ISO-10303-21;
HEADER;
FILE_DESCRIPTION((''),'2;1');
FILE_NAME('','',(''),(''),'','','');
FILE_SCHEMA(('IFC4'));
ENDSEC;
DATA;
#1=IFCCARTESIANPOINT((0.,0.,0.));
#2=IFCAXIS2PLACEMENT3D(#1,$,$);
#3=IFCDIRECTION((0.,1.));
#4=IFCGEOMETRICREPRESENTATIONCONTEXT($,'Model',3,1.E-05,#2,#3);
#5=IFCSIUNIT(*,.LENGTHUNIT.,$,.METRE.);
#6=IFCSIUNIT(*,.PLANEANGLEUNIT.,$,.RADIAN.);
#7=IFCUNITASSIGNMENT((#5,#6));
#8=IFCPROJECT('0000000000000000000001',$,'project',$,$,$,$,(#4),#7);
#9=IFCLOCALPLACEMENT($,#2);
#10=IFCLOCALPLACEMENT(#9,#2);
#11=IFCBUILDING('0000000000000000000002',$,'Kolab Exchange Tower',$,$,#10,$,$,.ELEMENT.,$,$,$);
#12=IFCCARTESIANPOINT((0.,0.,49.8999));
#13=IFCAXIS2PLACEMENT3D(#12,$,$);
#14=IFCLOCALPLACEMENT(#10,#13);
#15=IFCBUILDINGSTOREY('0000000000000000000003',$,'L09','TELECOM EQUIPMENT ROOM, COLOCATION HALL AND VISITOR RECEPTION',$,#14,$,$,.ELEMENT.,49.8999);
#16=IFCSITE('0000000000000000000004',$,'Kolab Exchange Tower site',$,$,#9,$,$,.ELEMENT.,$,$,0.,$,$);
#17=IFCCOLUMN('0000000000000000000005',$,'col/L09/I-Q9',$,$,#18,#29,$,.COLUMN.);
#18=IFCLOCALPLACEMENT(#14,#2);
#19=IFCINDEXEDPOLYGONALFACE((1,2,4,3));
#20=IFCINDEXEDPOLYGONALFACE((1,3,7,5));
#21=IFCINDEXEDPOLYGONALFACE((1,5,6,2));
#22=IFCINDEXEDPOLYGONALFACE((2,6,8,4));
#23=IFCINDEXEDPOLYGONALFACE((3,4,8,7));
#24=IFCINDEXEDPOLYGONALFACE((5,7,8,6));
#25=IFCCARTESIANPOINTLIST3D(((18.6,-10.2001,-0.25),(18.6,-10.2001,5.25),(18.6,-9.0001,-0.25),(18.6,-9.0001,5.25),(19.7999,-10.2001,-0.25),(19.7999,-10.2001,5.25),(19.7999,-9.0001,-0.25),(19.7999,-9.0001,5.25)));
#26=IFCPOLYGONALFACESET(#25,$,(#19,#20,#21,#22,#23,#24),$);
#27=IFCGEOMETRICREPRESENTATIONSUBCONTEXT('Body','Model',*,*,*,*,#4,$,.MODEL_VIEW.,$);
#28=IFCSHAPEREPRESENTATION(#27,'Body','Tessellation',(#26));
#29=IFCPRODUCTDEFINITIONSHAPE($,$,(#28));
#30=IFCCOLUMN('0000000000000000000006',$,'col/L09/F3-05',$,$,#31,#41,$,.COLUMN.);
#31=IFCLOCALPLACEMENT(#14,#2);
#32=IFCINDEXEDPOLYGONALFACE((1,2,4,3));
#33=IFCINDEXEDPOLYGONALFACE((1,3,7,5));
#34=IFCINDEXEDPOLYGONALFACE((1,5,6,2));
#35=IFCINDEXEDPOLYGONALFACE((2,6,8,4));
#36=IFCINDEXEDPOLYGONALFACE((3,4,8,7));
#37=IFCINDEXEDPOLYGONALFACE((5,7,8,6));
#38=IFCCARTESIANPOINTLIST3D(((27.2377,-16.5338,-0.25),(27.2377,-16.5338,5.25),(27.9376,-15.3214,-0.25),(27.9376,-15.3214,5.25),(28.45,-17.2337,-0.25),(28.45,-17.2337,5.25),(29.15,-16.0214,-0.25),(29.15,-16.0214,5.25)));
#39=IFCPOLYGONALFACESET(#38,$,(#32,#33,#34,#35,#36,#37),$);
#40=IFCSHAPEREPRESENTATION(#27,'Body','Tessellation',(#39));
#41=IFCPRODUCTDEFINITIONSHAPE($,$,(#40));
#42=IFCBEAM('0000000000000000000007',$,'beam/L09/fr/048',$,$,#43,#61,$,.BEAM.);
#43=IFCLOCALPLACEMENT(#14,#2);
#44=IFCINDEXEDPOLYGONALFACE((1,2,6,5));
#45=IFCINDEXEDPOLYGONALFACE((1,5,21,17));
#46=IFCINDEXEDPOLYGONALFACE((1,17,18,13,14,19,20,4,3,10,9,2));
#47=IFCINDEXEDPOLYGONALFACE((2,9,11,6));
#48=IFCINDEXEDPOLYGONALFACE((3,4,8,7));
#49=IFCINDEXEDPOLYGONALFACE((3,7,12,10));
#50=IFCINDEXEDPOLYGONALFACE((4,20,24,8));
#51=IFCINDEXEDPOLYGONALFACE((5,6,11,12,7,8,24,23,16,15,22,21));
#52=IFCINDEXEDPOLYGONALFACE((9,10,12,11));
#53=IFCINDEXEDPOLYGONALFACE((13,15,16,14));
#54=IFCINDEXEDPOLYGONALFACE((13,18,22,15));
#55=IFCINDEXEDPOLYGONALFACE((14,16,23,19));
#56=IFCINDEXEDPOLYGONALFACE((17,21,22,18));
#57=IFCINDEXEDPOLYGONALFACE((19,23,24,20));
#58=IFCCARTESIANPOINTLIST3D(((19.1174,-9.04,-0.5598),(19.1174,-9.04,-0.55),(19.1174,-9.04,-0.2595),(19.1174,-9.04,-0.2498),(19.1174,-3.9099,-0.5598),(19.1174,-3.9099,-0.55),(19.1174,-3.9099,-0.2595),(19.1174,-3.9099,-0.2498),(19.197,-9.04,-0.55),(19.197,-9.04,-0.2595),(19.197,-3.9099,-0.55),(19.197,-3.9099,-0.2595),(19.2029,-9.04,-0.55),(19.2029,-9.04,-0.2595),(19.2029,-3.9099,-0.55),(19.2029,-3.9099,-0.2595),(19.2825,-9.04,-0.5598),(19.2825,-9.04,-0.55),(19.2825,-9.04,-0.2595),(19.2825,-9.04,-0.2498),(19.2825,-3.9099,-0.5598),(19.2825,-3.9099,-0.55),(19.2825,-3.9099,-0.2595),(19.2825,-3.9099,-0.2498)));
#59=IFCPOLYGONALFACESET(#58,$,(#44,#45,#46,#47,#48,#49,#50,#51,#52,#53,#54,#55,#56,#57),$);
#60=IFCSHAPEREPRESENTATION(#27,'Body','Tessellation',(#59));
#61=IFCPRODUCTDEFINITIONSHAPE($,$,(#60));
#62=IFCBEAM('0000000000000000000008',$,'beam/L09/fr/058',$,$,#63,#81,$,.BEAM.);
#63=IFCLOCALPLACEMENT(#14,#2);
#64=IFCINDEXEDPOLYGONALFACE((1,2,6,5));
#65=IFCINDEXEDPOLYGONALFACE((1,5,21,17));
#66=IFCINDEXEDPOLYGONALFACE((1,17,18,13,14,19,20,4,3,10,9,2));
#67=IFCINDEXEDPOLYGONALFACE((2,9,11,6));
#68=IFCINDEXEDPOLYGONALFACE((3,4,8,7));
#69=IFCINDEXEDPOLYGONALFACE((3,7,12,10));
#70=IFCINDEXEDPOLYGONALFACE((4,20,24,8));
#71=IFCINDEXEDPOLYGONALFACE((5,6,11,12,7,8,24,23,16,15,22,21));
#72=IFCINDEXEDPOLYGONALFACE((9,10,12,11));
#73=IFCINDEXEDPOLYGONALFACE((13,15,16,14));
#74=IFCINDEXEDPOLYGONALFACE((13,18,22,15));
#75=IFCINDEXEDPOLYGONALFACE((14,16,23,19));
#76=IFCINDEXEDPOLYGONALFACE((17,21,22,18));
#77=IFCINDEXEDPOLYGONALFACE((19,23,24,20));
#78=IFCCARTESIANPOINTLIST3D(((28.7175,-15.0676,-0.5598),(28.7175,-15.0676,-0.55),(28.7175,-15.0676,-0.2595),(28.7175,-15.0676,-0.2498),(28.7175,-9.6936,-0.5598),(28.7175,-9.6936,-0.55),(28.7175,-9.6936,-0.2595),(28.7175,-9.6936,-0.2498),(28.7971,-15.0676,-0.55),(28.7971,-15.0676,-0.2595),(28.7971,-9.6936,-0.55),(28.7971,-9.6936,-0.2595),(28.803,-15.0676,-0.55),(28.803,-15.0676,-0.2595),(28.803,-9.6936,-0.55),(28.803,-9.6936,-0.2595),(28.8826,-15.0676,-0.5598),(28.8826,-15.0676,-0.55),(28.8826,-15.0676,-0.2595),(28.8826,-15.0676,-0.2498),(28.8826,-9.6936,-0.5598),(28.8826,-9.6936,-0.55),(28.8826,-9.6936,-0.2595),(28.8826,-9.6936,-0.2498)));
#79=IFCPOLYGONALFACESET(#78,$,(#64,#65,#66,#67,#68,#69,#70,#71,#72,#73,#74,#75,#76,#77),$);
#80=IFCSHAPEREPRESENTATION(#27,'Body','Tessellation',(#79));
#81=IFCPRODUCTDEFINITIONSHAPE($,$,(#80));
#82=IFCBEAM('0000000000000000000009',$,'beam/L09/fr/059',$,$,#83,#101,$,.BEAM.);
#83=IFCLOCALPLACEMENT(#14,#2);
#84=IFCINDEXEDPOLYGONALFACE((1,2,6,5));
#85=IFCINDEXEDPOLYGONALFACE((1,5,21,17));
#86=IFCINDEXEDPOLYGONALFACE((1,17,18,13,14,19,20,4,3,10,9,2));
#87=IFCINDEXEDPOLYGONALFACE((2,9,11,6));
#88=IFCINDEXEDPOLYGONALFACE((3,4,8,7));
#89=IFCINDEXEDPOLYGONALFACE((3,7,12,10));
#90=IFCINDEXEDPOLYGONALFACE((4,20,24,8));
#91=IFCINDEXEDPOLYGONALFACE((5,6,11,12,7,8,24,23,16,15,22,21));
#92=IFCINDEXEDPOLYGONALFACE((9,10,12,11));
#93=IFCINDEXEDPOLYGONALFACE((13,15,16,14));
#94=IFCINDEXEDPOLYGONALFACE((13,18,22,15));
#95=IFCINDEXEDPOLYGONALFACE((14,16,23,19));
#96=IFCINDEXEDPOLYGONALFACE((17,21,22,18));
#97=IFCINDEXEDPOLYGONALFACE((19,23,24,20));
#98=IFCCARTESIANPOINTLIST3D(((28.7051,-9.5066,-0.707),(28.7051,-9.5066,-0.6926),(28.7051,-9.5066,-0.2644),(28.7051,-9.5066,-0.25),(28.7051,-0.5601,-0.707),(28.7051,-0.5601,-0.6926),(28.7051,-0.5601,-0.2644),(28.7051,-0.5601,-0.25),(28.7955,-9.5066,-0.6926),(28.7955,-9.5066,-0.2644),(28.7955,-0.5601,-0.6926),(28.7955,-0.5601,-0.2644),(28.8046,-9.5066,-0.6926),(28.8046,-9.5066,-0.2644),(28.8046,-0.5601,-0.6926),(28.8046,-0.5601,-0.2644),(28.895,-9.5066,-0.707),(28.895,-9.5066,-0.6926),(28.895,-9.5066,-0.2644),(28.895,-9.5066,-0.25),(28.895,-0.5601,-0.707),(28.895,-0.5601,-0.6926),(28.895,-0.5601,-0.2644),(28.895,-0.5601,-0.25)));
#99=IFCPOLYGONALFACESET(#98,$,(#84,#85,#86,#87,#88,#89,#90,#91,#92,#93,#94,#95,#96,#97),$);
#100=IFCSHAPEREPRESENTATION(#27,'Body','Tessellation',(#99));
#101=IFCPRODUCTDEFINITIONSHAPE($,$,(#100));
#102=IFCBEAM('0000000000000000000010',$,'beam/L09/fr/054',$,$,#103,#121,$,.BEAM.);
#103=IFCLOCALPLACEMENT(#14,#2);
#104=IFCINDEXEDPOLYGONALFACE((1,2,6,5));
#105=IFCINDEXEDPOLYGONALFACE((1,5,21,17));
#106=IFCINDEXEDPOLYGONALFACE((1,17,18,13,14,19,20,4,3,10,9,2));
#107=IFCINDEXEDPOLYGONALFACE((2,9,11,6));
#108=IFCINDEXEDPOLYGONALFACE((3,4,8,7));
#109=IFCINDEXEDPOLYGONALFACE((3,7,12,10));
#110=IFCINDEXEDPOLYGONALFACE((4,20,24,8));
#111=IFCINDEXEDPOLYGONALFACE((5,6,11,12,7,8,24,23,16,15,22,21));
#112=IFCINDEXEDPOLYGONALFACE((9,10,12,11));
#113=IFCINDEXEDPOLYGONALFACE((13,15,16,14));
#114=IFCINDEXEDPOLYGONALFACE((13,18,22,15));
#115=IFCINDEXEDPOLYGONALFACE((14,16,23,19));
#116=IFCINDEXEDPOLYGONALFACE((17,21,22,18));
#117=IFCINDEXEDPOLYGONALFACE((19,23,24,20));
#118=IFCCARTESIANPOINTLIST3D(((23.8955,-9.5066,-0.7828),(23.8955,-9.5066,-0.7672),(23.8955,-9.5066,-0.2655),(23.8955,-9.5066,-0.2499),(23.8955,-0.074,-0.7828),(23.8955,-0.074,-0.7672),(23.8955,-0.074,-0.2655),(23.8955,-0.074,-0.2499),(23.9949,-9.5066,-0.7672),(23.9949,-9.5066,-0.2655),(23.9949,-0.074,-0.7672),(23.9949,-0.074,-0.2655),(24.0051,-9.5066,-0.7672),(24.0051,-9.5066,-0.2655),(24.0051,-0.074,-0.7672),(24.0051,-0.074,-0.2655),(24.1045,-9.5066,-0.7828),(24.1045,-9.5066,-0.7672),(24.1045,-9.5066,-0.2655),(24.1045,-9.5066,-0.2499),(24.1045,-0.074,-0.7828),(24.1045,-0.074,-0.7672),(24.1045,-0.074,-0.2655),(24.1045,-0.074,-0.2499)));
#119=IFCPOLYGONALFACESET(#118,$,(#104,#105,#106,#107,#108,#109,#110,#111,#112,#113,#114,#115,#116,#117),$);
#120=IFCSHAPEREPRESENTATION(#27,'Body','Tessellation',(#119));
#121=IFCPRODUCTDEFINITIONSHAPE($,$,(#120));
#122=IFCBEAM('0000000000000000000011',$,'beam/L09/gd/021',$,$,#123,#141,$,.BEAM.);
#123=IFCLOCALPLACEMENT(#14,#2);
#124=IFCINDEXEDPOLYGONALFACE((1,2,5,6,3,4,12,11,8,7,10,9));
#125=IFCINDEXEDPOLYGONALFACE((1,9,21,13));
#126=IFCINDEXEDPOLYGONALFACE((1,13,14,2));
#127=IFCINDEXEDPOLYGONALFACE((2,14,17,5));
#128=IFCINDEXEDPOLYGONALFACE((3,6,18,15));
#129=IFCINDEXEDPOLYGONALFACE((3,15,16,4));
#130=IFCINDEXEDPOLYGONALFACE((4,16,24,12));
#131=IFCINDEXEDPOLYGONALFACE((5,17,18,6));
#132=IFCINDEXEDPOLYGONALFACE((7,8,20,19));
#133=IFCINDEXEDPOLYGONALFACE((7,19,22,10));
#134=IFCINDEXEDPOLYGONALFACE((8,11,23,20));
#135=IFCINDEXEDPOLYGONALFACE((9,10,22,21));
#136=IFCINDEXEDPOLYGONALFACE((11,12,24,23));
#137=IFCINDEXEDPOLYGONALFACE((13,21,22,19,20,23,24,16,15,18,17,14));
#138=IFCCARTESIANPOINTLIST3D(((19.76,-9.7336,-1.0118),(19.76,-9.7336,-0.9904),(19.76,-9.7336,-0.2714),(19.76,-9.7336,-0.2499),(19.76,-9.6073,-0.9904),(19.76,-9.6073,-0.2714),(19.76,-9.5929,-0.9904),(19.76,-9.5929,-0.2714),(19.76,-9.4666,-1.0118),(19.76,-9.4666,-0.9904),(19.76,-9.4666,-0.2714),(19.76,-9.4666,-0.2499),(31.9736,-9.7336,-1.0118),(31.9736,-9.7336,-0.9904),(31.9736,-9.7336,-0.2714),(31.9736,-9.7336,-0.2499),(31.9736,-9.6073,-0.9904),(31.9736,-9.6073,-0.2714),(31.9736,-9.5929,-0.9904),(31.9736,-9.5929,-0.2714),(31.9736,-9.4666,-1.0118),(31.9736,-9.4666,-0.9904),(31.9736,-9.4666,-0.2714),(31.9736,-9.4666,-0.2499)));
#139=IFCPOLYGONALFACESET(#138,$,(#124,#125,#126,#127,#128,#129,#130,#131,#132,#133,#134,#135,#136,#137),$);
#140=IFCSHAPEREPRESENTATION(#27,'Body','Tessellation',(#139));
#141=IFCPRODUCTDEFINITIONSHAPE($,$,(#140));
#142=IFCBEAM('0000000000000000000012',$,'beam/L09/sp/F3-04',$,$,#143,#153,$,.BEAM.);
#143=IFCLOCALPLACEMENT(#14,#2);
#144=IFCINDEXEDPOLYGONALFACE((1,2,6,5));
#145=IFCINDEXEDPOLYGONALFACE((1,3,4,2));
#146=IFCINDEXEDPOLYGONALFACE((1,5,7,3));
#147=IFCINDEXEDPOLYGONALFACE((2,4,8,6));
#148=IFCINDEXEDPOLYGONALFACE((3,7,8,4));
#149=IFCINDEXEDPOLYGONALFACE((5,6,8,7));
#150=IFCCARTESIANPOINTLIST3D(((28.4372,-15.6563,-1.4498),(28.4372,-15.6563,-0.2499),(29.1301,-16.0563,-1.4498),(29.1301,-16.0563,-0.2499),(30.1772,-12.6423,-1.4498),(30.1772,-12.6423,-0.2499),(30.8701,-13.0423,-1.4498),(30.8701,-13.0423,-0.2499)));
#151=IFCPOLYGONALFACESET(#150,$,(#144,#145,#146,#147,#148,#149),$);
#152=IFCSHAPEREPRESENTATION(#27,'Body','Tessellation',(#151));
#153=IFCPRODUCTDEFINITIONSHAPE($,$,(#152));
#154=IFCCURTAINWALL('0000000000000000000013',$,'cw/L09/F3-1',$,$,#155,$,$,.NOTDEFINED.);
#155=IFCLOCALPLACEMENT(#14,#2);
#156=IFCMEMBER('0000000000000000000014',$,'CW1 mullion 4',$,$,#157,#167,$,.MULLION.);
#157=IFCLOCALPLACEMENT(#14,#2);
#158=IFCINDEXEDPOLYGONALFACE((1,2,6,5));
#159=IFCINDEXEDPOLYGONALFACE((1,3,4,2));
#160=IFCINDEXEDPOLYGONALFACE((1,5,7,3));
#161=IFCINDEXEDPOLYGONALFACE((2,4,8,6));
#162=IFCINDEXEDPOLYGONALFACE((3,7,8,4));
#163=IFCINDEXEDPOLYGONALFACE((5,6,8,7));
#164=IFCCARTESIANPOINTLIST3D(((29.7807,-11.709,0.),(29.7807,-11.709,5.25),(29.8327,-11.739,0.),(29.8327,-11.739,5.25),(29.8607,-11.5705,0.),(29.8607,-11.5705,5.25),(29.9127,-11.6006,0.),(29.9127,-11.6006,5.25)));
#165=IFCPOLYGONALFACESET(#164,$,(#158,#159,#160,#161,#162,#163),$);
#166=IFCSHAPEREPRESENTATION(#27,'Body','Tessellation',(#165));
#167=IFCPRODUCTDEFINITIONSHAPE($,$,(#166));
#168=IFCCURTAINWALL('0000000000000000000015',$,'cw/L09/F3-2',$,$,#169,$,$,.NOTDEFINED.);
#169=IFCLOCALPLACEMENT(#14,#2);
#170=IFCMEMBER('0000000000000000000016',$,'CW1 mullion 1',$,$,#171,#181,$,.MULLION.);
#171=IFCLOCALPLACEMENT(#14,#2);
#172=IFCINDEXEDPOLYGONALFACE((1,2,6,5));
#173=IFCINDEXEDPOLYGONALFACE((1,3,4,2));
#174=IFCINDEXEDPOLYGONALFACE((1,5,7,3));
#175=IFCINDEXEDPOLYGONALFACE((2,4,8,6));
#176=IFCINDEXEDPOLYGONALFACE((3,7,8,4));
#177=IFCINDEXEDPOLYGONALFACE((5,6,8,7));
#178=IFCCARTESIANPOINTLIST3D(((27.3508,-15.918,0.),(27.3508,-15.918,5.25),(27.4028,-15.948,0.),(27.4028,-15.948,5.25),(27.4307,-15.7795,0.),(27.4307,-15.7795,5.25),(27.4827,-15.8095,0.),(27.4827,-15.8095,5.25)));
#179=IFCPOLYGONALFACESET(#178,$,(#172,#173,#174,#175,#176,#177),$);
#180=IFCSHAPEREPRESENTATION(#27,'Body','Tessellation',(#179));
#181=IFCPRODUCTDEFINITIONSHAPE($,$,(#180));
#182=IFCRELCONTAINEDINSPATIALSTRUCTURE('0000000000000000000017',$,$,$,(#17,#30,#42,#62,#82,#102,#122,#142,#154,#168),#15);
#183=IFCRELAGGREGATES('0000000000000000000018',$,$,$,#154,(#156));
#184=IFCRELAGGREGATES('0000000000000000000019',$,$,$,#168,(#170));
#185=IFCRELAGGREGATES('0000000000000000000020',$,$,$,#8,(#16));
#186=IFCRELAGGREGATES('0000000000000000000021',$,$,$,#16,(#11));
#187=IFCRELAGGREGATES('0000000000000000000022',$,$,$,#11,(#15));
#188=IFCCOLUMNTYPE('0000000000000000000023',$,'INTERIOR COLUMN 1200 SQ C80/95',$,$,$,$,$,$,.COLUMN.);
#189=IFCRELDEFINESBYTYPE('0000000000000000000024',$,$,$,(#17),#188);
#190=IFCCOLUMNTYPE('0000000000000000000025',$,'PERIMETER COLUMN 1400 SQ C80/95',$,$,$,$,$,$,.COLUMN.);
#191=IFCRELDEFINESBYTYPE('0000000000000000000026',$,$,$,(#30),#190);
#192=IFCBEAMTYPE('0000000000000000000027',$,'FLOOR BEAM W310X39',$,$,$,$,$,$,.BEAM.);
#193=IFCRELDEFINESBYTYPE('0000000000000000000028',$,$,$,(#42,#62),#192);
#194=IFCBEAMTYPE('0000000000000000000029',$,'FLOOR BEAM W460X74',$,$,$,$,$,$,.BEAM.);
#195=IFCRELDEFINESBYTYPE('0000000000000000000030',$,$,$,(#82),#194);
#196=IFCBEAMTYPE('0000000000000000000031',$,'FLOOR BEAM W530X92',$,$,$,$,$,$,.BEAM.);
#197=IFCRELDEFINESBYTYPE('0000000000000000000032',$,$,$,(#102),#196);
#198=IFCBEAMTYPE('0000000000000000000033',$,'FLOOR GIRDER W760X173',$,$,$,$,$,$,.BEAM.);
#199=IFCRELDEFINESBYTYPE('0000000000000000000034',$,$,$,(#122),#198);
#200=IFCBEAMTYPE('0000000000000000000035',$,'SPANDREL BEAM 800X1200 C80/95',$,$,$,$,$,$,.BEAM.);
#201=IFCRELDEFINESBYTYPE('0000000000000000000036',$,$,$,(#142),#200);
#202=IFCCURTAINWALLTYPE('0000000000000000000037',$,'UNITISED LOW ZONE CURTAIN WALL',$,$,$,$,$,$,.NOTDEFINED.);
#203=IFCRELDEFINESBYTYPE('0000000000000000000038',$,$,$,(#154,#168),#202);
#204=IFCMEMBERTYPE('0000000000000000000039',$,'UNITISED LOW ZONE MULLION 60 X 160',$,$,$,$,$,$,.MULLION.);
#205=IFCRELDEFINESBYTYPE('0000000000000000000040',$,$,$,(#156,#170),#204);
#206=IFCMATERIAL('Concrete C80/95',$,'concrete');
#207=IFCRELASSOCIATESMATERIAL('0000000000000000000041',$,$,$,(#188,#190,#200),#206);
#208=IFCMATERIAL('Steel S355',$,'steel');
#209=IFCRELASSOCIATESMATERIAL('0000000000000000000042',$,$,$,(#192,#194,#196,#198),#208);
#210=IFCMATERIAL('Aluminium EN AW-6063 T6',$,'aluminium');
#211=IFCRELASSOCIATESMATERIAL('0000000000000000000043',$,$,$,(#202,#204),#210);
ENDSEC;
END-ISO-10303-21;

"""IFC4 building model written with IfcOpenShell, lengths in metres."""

from ifc_helpers import new_model, si_unit, direction, frame, origin, origin_2d, place, context, subcontext, project, spatial, rectangle, i_section, extrude, material, material_profile, profile_set, type_object, element, aggregate, save


model = new_model("IFC4")

# Units and contexts
model_context = context("Model", 3, precision=1e-05, world=origin(), true_north=direction((0.0, 1.0)))
body_context = subcontext(model_context, "Body", "Model", "MODEL_VIEW")
ifc_project = project(units=[si_unit("LENGTHUNIT", "METRE"), si_unit("PLANEANGLEUNIT", "RADIAN")], contexts=[model_context])

# Site, building, storey
site_placement = place(None, origin())
site = spatial("IfcSite", under=ifc_project, at=site_placement, Name="Kolab Exchange Tower site", CompositionType="ELEMENT", RefElevation=0.0)
building_placement = place(site_placement, origin())
building = spatial("IfcBuilding", under=site, at=building_placement, Name="Kolab Exchange Tower", CompositionType="ELEMENT")
storey_placement = place(building_placement, frame((0.0, 0.0, 49.8999)))
storey = spatial("IfcBuildingStorey", under=building, at=storey_placement, Name="L09", Description="TELECOM EQUIPMENT ROOM, COLOCATION HALL AND VISITOR RECEPTION", CompositionType="ELEMENT", Elevation=49.8999)

# Columns
ifc_material_1 = material(Name="Concrete C80/95", Category="concrete")
ifc_material_profile_1 = material_profile(ifc_material_1, rectangle(XDim=1.2, YDim=1.2, at=origin_2d()), Name="RC1200")
ifc_profile_set_1 = profile_set([ifc_material_profile_1], Name="Concrete C80/95")
column_type_1 = type_object("IfcColumnType", Name="INTERIOR COLUMN 1200 SQ C80/95", PredefinedType="COLUMN", material=ifc_profile_set_1)
column_1_placement = place(storey_placement, frame((19.2, -9.6001, -0.25), z_axis=(0.0, 0.0, 1.0), x_axis=(1.0, 0.0, 0.0)))
element("IfcColumn", 1, at=column_1_placement, inside=storey, type_object=column_type_1, Name="col/L09/I-Q9", PredefinedType="COLUMN", context=body_context, shape_type="SweptSolid", body=[
    extrude(rectangle(XDim=1.2, YDim=1.2, at=origin_2d()), origin(), (0.0, 0.0, 1.0), 5.5),
])
ifc_material_profile_2 = material_profile(ifc_material_1, rectangle(XDim=1.3999, YDim=1.3999, at=origin_2d()), Name="RC1400")
ifc_profile_set_2 = profile_set([ifc_material_profile_2], Name="Concrete C80/95")
column_type_2 = type_object("IfcColumnType", Name="PERIMETER COLUMN 1400 SQ C80/95", PredefinedType="COLUMN", material=ifc_profile_set_2)
column_2_placement = place(storey_placement, frame((28.1938, -16.2776, -0.25), z_axis=(0.0, 0.0, 1.0), x_axis=(0.5, 0.866025, 0.0)))
element("IfcColumn", 2, at=column_2_placement, inside=storey, type_object=column_type_2, Name="col/L09/F3-05", PredefinedType="COLUMN", context=body_context, shape_type="SweptSolid", body=[
    extrude(rectangle(XDim=1.3999, YDim=1.3999, at=origin_2d()), origin(), (0.0, 0.0, 1.0), 5.5),
])

# Beams
ifc_material_2 = material(Name="Steel S355", Category="steel")
ifc_material_profile_3 = material_profile(ifc_material_2, i_section(OverallWidth=0.165, OverallDepth=0.3101, WebThickness=0.0059, FlangeThickness=0.0098, at=origin_2d()), Name="W310X39")
ifc_profile_set_3 = profile_set([ifc_material_profile_3], Name="Steel S355")
beam_type_1 = type_object("IfcBeamType", Name="FLOOR BEAM W310X39", PredefinedType="BEAM", material=ifc_profile_set_3)
beam_1_placement = place(storey_placement, frame((19.2, -9.04, -0.4048), z_axis=(0.0, 1.0, 0.0), x_axis=(-1.0, 0.0, 0.0)))
element("IfcBeam", 3, at=beam_1_placement, inside=storey, type_object=beam_type_1, Name="beam/L09/fr/048", PredefinedType="BEAM", context=body_context, shape_type="SweptSolid", body=[
    extrude(i_section(OverallWidth=0.165, OverallDepth=0.3101, WebThickness=0.0059, FlangeThickness=0.0098, at=origin_2d()), origin(), (0.0, 0.0, 1.0), 5.1301),
])
beam_2_placement = place(storey_placement, frame((28.8, -15.0676, -0.4048), z_axis=(0.0, 1.0, 0.0), x_axis=(-1.0, 0.0, 0.0)))
element("IfcBeam", 4, at=beam_2_placement, inside=storey, type_object=beam_type_1, Name="beam/L09/fr/058", PredefinedType="BEAM", context=body_context, shape_type="SweptSolid", body=[
    extrude(i_section(OverallWidth=0.165, OverallDepth=0.3101, WebThickness=0.0059, FlangeThickness=0.0098, at=origin_2d()), origin(), (0.0, 0.0, 1.0), 5.374),
])
ifc_material_profile_4 = material_profile(ifc_material_2, i_section(OverallWidth=0.1899, OverallDepth=0.457, WebThickness=0.009, FlangeThickness=0.0144, at=origin_2d()), Name="W460X74")
ifc_profile_set_4 = profile_set([ifc_material_profile_4], Name="Steel S355")
beam_type_2 = type_object("IfcBeamType", Name="FLOOR BEAM W460X74", PredefinedType="BEAM", material=ifc_profile_set_4)
beam_3_placement = place(storey_placement, frame((28.8, -9.5066, -0.4785), z_axis=(0.0, 1.0, 0.0), x_axis=(-1.0, 0.0, 0.0)))
element("IfcBeam", 5, at=beam_3_placement, inside=storey, type_object=beam_type_2, Name="beam/L09/fr/059", PredefinedType="BEAM", context=body_context, shape_type="SweptSolid", body=[
    extrude(i_section(OverallWidth=0.1899, OverallDepth=0.457, WebThickness=0.009, FlangeThickness=0.0144, at=origin_2d()), origin(), (0.0, 0.0, 1.0), 8.9465),
])
ifc_material_profile_5 = material_profile(ifc_material_2, i_section(OverallWidth=0.209, OverallDepth=0.533, WebThickness=0.0103, FlangeThickness=0.0156, at=origin_2d()), Name="W530X92")
ifc_profile_set_5 = profile_set([ifc_material_profile_5], Name="Steel S355")
beam_type_3 = type_object("IfcBeamType", Name="FLOOR BEAM W530X92", PredefinedType="BEAM", material=ifc_profile_set_5)
beam_4_placement = place(storey_placement, frame((24.0, -9.5066, -0.5164), z_axis=(0.0, 1.0, 0.0), x_axis=(-1.0, 0.0, 0.0)))
element("IfcBeam", 6, at=beam_4_placement, inside=storey, type_object=beam_type_3, Name="beam/L09/fr/054", PredefinedType="BEAM", context=body_context, shape_type="SweptSolid", body=[
    extrude(i_section(OverallWidth=0.209, OverallDepth=0.533, WebThickness=0.0103, FlangeThickness=0.0156, at=origin_2d()), origin(), (0.0, 0.0, 1.0), 9.4326),
])
ifc_material_profile_6 = material_profile(ifc_material_2, i_section(OverallWidth=0.2671, OverallDepth=0.762, WebThickness=0.0144, FlangeThickness=0.0215, at=origin_2d()), Name="W760X173")
ifc_profile_set_6 = profile_set([ifc_material_profile_6], Name="Steel S355")
beam_type_4 = type_object("IfcBeamType", Name="FLOOR GIRDER W760X173", PredefinedType="BEAM", material=ifc_profile_set_6)
beam_5_placement = place(storey_placement, frame((19.76, -9.6001, -0.6309), z_axis=(1.0, 0.0, 0.0), x_axis=(0.0, 1.0, 0.0)))
element("IfcBeam", 7, at=beam_5_placement, inside=storey, type_object=beam_type_4, Name="beam/L09/gd/021", PredefinedType="BEAM", context=body_context, shape_type="SweptSolid", body=[
    extrude(i_section(OverallWidth=0.2671, OverallDepth=0.762, WebThickness=0.0144, FlangeThickness=0.0215, at=origin_2d()), origin(), (0.0, 0.0, 1.0), 12.2136),
])
ifc_material_profile_7 = material_profile(ifc_material_1, rectangle(XDim=0.8, YDim=1.2, at=origin_2d()), Name="RC800X1200")
ifc_profile_set_7 = profile_set([ifc_material_profile_7], Name="Concrete C80/95")
beam_type_5 = type_object("IfcBeamType", Name="SPANDREL BEAM 800X1200 C80/95", PredefinedType="BEAM", material=ifc_profile_set_7)
beam_6_placement = place(storey_placement, frame((30.5237, -12.8423, -0.8499), z_axis=(-0.49998, -0.866037, 0.0), x_axis=(0.866037, -0.49998, 0.0)))
element("IfcBeam", 8, at=beam_6_placement, inside=storey, type_object=beam_type_5, Name="beam/L09/sp/F3-04", PredefinedType="BEAM", context=body_context, shape_type="SweptSolid", body=[
    extrude(rectangle(XDim=0.8, YDim=1.2, at=origin_2d()), origin(), (0.0, 0.0, 1.0), 3.4802),
])

# Curtain wall, member
ifc_material_3 = material(Name="Aluminium EN AW-6063 T6", Category="aluminium")
curtain_wall_type = type_object("IfcCurtainWallType", Name="UNITISED LOW ZONE CURTAIN WALL", PredefinedType="NOTDEFINED", material=ifc_material_3)
curtain_wall_1_placement = place(storey_placement, origin())
curtain_wall_1 = element("IfcCurtainWall", 9, at=curtain_wall_1_placement, inside=storey, type_object=curtain_wall_type, Name="cw/L09/F3-1", PredefinedType="NOTDEFINED")
ifc_material_profile_8 = material_profile(ifc_material_3, rectangle(XDim=0.0601, YDim=0.1599, at=origin_2d()), Name="RECT 60X160")
ifc_profile_set_8 = profile_set([ifc_material_profile_8], Name="Aluminium EN AW-6063 T6")
member_type_1 = type_object("IfcMemberType", Name="UNITISED LOW ZONE MULLION 60 X 160", PredefinedType="MULLION", material=ifc_profile_set_8)
member_1_placement = place(storey_placement, frame((29.8467, -11.6548, 0.0), z_axis=(0.0, 0.0, 1.0), x_axis=(0.866025, -0.5, 0.0)))
member_1 = element("IfcMember", 10, at=member_1_placement, type_object=member_type_1, Name="CW1 mullion 4", PredefinedType="MULLION", context=body_context, shape_type="SweptSolid", body=[
    extrude(rectangle(XDim=0.0601, YDim=0.1599, at=origin_2d()), origin(), (0.0, 0.0, 1.0), 5.25),
])
aggregate(curtain_wall_1, [member_1])

# Curtain wall, member
curtain_wall_2_placement = place(storey_placement, origin())
curtain_wall_2 = element("IfcCurtainWall", 11, at=curtain_wall_2_placement, inside=storey, type_object=curtain_wall_type, Name="cw/L09/F3-2", PredefinedType="NOTDEFINED")
member_2_placement = place(storey_placement, frame((27.4167, -15.8638, 0.0), z_axis=(0.0, 0.0, 1.0), x_axis=(0.866025, -0.5, 0.0)))
member_2 = element("IfcMember", 12, at=member_2_placement, type_object=member_type_1, Name="CW1 mullion 1", PredefinedType="MULLION", context=body_context, shape_type="SweptSolid", body=[
    extrude(rectangle(XDim=0.0601, YDim=0.1599, at=origin_2d()), origin(), (0.0, 0.0, 1.0), 5.25),
])
aggregate(curtain_wall_2, [member_2])

save(model, "model.ifc")
